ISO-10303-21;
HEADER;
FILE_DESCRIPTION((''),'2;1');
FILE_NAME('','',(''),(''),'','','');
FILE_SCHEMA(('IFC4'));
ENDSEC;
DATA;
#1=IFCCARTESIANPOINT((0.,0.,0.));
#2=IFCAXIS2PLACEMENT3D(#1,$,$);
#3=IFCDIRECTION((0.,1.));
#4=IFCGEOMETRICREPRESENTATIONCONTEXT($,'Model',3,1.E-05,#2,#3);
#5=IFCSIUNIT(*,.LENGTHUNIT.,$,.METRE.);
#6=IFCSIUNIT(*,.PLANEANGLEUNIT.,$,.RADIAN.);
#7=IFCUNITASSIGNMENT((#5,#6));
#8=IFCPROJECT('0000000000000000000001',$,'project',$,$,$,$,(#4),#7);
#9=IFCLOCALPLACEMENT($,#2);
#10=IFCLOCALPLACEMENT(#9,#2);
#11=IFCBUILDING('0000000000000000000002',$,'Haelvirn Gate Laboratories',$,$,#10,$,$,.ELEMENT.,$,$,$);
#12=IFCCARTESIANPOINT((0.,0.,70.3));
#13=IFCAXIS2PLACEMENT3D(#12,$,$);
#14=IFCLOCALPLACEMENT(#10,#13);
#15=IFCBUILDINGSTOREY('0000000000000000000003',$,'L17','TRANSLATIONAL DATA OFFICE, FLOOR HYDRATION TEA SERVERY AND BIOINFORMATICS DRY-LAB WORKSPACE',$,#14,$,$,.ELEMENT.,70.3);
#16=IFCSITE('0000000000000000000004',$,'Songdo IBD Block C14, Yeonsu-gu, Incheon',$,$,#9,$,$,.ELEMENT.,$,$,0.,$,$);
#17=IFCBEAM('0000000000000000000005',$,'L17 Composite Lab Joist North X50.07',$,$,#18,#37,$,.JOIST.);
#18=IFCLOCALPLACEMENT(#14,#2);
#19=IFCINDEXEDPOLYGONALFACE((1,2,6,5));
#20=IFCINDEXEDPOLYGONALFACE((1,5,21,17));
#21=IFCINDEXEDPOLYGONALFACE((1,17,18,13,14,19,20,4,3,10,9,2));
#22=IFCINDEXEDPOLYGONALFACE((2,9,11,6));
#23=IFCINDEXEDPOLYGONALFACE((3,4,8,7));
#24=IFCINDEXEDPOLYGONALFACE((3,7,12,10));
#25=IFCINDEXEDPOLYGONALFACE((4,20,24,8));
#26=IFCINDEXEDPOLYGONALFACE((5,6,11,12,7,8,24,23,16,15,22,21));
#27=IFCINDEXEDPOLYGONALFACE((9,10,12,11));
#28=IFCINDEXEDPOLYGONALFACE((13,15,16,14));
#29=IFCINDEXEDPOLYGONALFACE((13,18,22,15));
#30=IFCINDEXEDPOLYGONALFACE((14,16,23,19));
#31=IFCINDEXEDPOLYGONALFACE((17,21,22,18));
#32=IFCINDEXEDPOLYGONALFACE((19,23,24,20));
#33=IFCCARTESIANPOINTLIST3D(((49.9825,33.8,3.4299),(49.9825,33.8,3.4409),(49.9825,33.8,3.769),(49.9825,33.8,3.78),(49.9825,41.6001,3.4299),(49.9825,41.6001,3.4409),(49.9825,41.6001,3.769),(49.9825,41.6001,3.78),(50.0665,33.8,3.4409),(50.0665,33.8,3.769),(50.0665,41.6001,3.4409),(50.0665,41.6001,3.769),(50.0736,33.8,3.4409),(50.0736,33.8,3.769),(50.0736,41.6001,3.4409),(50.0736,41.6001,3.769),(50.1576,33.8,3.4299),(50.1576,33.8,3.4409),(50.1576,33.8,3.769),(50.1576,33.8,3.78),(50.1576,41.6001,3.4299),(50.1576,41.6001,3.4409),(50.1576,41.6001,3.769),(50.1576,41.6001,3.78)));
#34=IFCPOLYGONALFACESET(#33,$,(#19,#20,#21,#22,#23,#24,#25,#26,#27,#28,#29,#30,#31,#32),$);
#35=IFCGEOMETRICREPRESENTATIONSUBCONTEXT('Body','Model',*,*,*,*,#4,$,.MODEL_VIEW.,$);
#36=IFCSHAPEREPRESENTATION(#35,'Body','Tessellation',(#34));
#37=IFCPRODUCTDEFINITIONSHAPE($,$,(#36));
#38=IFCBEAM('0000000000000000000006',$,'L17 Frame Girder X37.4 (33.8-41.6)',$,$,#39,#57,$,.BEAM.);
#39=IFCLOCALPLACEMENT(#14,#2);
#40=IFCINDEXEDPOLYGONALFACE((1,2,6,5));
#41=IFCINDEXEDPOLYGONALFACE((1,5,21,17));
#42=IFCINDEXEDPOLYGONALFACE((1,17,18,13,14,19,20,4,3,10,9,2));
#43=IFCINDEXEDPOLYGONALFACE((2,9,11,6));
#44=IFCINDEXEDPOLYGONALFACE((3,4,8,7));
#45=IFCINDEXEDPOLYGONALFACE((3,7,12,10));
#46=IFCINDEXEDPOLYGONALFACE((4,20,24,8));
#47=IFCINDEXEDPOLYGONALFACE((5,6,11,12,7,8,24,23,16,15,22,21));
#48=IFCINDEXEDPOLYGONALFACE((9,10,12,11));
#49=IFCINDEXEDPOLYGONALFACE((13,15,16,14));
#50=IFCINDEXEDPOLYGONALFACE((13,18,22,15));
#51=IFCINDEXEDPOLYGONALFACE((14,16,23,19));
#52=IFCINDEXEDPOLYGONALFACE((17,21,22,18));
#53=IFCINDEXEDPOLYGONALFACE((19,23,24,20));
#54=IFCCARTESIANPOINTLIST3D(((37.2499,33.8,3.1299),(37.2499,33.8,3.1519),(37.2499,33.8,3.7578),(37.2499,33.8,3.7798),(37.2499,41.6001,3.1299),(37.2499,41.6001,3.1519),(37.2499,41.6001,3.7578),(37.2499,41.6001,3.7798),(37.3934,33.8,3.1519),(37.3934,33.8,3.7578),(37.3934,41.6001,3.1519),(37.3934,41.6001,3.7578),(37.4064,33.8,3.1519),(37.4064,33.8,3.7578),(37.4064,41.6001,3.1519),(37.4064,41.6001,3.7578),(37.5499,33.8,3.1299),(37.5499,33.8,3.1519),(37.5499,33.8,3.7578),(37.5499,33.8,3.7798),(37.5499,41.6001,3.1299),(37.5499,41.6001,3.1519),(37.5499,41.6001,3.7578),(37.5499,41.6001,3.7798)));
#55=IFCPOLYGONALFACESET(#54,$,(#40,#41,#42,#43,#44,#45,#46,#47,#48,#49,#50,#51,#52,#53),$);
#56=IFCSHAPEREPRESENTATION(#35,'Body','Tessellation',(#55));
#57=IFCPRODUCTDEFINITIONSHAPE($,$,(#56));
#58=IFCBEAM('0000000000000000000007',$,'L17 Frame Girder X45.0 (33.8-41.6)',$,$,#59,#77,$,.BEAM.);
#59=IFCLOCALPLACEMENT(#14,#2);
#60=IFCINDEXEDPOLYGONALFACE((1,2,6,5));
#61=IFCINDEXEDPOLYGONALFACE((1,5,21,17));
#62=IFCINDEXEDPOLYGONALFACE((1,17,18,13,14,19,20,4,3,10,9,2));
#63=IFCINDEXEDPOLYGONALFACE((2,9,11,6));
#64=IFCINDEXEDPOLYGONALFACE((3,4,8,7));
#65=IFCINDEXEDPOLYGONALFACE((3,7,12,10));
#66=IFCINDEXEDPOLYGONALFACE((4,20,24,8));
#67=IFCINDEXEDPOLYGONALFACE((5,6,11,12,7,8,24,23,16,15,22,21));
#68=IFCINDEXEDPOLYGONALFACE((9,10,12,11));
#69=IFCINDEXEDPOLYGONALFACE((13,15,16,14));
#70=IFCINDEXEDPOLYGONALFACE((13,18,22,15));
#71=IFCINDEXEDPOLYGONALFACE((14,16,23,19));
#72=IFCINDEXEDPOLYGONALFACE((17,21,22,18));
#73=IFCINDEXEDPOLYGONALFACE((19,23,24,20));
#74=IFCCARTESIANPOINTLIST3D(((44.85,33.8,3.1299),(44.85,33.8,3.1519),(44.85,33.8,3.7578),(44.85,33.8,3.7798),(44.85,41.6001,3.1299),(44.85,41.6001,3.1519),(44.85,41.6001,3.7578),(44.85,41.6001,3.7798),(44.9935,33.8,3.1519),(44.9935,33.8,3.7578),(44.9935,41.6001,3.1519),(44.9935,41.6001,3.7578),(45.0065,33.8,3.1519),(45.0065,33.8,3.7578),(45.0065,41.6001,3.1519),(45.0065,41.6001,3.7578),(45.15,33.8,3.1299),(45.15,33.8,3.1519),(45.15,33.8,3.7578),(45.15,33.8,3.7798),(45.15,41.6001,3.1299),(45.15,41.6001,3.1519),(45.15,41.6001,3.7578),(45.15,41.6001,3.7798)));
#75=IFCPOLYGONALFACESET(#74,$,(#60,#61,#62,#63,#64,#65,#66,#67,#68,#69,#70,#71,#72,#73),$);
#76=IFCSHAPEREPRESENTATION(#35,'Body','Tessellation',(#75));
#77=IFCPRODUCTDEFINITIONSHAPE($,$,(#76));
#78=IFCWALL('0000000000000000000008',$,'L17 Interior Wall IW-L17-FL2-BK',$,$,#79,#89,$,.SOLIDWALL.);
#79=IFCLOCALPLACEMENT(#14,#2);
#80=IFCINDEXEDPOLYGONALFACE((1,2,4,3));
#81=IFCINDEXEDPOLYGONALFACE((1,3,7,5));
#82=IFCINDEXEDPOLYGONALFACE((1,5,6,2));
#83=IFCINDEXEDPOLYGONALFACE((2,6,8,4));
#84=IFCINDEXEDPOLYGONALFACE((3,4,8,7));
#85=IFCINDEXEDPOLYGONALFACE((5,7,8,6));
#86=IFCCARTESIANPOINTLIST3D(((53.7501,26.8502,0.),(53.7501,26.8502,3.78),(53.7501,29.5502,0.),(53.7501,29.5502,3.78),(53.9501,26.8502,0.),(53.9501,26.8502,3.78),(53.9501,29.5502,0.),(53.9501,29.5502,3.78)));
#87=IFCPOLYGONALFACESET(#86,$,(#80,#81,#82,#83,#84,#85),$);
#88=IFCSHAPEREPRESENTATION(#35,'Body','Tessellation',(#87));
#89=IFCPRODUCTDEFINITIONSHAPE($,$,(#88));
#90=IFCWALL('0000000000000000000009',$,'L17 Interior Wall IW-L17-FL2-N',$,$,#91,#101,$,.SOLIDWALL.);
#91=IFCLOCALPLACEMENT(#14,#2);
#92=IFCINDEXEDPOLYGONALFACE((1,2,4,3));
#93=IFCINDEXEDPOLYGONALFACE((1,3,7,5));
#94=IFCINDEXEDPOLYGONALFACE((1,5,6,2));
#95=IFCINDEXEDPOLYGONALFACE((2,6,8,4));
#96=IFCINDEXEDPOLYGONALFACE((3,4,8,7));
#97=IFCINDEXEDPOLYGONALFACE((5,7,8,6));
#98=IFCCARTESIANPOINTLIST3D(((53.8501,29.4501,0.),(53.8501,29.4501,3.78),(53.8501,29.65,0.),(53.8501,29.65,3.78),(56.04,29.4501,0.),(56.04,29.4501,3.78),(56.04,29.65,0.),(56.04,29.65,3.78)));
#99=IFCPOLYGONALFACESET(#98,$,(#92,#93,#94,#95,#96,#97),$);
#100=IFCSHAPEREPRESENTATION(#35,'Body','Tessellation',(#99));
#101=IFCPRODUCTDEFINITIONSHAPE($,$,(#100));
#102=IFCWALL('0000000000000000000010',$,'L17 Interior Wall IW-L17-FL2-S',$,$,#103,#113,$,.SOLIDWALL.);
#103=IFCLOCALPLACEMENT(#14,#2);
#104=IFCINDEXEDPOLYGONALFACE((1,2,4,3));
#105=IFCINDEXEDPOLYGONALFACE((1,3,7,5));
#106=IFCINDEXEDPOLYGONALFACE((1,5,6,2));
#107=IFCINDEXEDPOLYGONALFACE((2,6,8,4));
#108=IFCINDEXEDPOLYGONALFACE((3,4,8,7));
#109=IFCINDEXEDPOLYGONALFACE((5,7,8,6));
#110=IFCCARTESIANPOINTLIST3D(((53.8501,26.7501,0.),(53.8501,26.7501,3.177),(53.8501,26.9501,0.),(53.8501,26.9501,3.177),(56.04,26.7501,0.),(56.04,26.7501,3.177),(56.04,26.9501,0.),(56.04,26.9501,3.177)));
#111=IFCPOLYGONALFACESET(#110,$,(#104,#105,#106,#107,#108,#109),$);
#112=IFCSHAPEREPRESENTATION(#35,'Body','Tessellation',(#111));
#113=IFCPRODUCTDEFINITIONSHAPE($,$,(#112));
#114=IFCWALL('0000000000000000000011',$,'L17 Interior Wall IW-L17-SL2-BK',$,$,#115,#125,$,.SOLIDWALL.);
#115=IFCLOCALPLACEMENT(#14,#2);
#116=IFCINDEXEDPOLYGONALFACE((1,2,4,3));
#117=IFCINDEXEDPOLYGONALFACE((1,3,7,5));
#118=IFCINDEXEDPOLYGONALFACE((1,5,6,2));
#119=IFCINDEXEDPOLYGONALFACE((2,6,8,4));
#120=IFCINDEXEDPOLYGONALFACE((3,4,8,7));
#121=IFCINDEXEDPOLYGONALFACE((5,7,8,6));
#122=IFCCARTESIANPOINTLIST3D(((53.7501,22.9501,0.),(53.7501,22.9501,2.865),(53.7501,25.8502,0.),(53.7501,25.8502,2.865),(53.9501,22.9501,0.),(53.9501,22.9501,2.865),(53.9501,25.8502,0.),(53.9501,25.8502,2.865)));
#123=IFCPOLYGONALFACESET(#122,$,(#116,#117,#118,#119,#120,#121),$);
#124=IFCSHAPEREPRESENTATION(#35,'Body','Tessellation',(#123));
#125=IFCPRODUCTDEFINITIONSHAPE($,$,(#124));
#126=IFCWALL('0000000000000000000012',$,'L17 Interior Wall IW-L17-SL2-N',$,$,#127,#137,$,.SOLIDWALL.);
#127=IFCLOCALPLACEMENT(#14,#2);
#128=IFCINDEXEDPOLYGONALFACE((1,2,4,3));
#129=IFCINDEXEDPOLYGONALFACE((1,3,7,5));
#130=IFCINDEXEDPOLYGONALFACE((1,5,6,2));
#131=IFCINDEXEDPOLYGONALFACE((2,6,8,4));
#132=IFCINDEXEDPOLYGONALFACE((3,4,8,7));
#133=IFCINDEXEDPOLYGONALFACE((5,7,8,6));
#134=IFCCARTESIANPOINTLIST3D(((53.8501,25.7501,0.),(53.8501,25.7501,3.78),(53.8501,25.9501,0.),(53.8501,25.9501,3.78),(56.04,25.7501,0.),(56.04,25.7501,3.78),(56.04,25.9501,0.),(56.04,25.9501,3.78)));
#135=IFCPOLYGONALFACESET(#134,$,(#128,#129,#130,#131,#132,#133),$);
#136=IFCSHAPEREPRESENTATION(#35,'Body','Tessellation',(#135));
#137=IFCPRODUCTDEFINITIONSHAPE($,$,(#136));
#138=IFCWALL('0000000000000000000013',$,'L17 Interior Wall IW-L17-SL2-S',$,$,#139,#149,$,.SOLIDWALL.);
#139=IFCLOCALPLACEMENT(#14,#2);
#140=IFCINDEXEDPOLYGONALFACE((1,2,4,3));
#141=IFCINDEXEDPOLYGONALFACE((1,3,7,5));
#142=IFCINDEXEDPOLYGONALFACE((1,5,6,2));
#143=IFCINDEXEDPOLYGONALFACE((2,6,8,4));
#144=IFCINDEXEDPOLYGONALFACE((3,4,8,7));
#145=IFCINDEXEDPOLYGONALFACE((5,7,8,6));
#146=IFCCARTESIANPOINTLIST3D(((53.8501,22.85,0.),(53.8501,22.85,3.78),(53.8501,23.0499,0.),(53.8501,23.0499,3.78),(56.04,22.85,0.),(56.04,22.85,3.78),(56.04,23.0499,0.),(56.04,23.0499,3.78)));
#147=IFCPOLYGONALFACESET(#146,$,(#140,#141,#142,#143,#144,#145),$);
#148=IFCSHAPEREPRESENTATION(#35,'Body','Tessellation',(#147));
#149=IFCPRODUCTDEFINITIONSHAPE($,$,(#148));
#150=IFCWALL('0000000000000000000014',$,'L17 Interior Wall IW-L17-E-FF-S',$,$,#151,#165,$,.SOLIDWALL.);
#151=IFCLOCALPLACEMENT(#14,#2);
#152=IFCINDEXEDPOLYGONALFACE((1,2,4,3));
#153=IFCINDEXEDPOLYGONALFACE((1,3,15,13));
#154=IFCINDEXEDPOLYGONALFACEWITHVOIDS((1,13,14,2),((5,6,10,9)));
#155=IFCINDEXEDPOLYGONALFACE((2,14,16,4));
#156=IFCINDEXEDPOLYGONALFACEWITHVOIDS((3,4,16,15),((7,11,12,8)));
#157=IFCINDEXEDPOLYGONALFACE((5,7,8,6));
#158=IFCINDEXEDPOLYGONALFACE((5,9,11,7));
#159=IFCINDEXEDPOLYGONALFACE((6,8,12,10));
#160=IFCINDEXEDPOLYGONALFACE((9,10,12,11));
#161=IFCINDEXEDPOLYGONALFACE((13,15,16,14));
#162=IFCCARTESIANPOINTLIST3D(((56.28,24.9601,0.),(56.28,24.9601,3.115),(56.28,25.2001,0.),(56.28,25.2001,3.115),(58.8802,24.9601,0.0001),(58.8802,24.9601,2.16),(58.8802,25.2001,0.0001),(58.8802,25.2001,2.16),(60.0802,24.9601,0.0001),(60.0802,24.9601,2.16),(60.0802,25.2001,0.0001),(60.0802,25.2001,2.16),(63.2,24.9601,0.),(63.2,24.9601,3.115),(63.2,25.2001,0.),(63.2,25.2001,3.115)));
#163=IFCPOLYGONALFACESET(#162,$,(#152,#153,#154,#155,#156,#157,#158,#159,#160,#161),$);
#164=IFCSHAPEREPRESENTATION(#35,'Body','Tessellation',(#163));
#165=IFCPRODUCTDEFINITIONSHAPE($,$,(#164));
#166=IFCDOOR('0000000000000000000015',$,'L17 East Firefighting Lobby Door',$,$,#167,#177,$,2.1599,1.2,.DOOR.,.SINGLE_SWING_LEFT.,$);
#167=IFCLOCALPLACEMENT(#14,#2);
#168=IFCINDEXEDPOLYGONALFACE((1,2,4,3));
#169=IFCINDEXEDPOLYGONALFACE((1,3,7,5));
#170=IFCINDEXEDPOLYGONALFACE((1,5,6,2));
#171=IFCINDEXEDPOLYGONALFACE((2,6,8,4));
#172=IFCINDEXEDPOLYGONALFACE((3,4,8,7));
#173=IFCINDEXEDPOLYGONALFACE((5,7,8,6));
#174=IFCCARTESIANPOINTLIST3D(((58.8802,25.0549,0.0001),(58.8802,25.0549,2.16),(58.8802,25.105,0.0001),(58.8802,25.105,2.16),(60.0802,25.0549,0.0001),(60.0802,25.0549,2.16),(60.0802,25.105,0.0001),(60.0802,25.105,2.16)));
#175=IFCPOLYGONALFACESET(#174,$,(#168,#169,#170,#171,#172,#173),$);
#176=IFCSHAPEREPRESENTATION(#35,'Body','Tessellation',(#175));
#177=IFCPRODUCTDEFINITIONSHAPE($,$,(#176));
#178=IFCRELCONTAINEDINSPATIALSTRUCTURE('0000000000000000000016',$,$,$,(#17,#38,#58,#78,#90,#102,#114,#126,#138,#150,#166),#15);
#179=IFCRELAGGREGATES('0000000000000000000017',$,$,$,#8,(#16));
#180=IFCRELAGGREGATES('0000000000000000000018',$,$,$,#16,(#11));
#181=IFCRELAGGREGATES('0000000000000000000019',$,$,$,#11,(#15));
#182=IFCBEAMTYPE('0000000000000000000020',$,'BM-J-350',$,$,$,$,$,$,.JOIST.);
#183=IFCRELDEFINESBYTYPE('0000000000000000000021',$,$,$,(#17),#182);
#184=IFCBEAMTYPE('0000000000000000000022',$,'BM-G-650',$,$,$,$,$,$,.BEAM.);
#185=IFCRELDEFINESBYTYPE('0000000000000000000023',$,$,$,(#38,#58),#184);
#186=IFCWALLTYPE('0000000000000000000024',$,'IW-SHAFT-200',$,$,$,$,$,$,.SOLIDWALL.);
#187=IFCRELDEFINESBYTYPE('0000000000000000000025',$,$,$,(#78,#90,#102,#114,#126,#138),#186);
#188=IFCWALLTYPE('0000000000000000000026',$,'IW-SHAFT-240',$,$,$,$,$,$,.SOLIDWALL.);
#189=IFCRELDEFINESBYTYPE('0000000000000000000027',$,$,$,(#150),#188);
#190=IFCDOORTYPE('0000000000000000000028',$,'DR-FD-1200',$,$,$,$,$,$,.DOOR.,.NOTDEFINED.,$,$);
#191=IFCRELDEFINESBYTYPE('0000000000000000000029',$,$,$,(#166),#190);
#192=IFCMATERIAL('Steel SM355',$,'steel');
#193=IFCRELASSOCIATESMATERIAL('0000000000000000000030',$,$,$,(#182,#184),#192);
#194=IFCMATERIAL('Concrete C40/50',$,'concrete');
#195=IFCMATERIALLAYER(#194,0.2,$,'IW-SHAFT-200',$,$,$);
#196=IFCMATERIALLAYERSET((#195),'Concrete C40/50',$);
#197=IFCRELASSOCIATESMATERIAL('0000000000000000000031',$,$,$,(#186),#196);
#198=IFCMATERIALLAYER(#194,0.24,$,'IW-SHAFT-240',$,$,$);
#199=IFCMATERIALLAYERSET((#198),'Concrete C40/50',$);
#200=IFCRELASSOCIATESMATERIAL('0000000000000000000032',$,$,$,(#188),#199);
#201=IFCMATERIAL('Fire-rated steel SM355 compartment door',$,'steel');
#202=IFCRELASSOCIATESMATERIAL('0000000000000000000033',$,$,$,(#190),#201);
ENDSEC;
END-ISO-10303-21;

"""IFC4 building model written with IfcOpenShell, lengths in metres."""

from ifc_helpers import new_model, si_unit, direction, frame, frame_2d, origin, origin_2d, place, context, subcontext, project, spatial, rectangle, i_section, extrude, source, transform, mapped, material, layer, layer_set, material_profile, profile_set, type_object, type_shapes, element, fill, save


model = new_model("IFC4")

# Units and contexts
model_context = context("Model", 3, precision=1e-05, world=origin(), true_north=direction((0.0, 1.0)))
body_context = subcontext(model_context, "Body", "Model", "MODEL_VIEW")
ifc_project = project(units=[si_unit("LENGTHUNIT", "METRE"), si_unit("PLANEANGLEUNIT", "RADIAN")], contexts=[model_context])

# Site, building, storey
site_placement = place(None, origin())
site = spatial("IfcSite", under=ifc_project, at=site_placement, Name="Songdo IBD Block C14, Yeonsu-gu, Incheon", CompositionType="ELEMENT", RefElevation=0.0)
building_placement = place(site_placement, origin())
building = spatial("IfcBuilding", under=site, at=building_placement, Name="Haelvirn Gate Laboratories", CompositionType="ELEMENT")
storey_placement = place(building_placement, frame((0.0, 0.0, 70.3)))
storey = spatial("IfcBuildingStorey", under=building, at=storey_placement, Name="L17", Description="TRANSLATIONAL DATA OFFICE, FLOOR HYDRATION TEA SERVERY AND BIOINFORMATICS DRY-LAB WORKSPACE", CompositionType="ELEMENT", Elevation=70.3)

# Beams
ifc_material_1 = material(Name="Steel SM355", Category="steel")
ifc_material_profile_1 = material_profile(ifc_material_1, i_section(OverallWidth=0.175, OverallDepth=0.3501, WebThickness=0.0071, FlangeThickness=0.011, at=origin_2d()), Name="H-350x175x7x11")
ifc_profile_set_1 = profile_set([ifc_material_profile_1], Name="Steel SM355")
beam_type_1 = type_object("IfcBeamType", Name="BM-J-350", PredefinedType="JOIST", material=ifc_profile_set_1)
shared_shape_1 = source(origin(), body_context, "Body", "SweptSolid", [
    extrude(i_section(OverallWidth=0.175, OverallDepth=0.3501, WebThickness=0.0071, FlangeThickness=0.011, at=origin_2d()), origin(), (0.0, 0.0, 1.0), 7.8),
])
type_shapes(beam_type_1, [shared_shape_1])
for number, where, z_axis, x_axis, name in (
    (1, (50.0701, 33.8, 3.605), (0.0, 1.0, 0.0), (-1.0, 0.0, 0.0), "L17 Composite Lab Joist North X50.07"),
):
    element("IfcBeam", number, at=place(storey_placement, frame(where, z_axis=z_axis, x_axis=x_axis)), inside=storey, type_object=beam_type_1, Name=name, PredefinedType="JOIST", context=body_context, shape_type="MappedRepresentation", body=[
        mapped(shared_shape_1, transform((0.0, 0.0, 0.0), scale=1.0)),
    ])
ifc_material_profile_2 = material_profile(ifc_material_1, i_section(OverallWidth=0.3, OverallDepth=0.6499, WebThickness=0.0129, FlangeThickness=0.022, at=origin_2d()), Name="H-650x300x13x22")
ifc_profile_set_2 = profile_set([ifc_material_profile_2], Name="Steel SM355")
beam_type_2 = type_object("IfcBeamType", Name="BM-G-650", PredefinedType="BEAM", material=ifc_profile_set_2)
shared_shape_2 = source(origin(), body_context, "Body", "SweptSolid", [
    extrude(i_section(OverallWidth=0.3, OverallDepth=0.6499, WebThickness=0.0129, FlangeThickness=0.022, at=origin_2d()), origin(), (0.0, 0.0, 1.0), 7.8),
])
type_shapes(beam_type_2, [shared_shape_2])
for number, where, z_axis, x_axis, name in (
    (2, (37.3999, 33.8, 3.4548), (0.0, 1.0, 0.0), (-1.0, 0.0, 0.0), "L17 Frame Girder X37.4 (33.8-41.6)"),
    (3, (45.0, 33.8, 3.4548), (0.0, 1.0, 0.0), (-1.0, 0.0, 0.0), "L17 Frame Girder X45.0 (33.8-41.6)"),
):
    element("IfcBeam", number, at=place(storey_placement, frame(where, z_axis=z_axis, x_axis=x_axis)), inside=storey, type_object=beam_type_2, Name=name, PredefinedType="BEAM", context=body_context, shape_type="MappedRepresentation", body=[
        mapped(shared_shape_2, transform((0.0, 0.0, 0.0), scale=1.0)),
    ])

# Walls
ifc_material_2 = material(Name="Concrete C40/50", Category="concrete")
ifc_layer_1 = layer(ifc_material_2, 0.2, Name="IW-SHAFT-200")
ifc_layer_set_1 = layer_set([ifc_layer_1], Name="Concrete C40/50")
wall_type_1 = type_object("IfcWallType", Name="IW-SHAFT-200", PredefinedType="SOLIDWALL", material=ifc_layer_set_1)
wall_1_placement = place(storey_placement, frame((53.8501, 26.8501, 0.0), z_axis=(0.0, 0.0, 1.0), x_axis=(0.0, 1.0, 0.0)))
element("IfcWall", 4, at=wall_1_placement, inside=storey, type_object=wall_type_1, Name="L17 Interior Wall IW-L17-FL2-BK", PredefinedType="SOLIDWALL", context=body_context, shape_type="SweptSolid", body=[
    extrude(rectangle(XDim=2.7, YDim=0.2, at=frame_2d((1.3501, 0.0))), origin(), (0.0, 0.0, 1.0), 3.78),
])
wall_2_placement = place(storey_placement, frame((53.8501, 29.55, 0.0), z_axis=(0.0, 0.0, 1.0), x_axis=(1.0, 0.0, 0.0)))
element("IfcWall", 5, at=wall_2_placement, inside=storey, type_object=wall_type_1, Name="L17 Interior Wall IW-L17-FL2-N", PredefinedType="SOLIDWALL", context=body_context, shape_type="SweptSolid", body=[
    extrude(rectangle(XDim=2.1899, YDim=0.2, at=frame_2d((1.095, 0.0))), origin(), (0.0, 0.0, 1.0), 3.78),
])
wall_3_placement = place(storey_placement, frame((53.8501, 26.8501, 0.0), z_axis=(0.0, 0.0, 1.0), x_axis=(1.0, 0.0, 0.0)))
element("IfcWall", 6, at=wall_3_placement, inside=storey, type_object=wall_type_1, Name="L17 Interior Wall IW-L17-FL2-S", PredefinedType="SOLIDWALL", context=body_context, shape_type="SweptSolid", body=[
    extrude(rectangle(XDim=2.1899, YDim=0.2, at=frame_2d((1.095, 0.0))), origin(), (0.0, 0.0, 1.0), 3.177),
])
wall_4_placement = place(storey_placement, frame((53.8501, 22.95, 0.0), z_axis=(0.0, 0.0, 1.0), x_axis=(0.0, 1.0, 0.0)))
element("IfcWall", 7, at=wall_4_placement, inside=storey, type_object=wall_type_1, Name="L17 Interior Wall IW-L17-SL2-BK", PredefinedType="SOLIDWALL", context=body_context, shape_type="SweptSolid", body=[
    extrude(rectangle(XDim=2.9001, YDim=0.2, at=frame_2d((1.4502, 0.0))), origin(), (0.0, 0.0, 1.0), 2.865),
])
for number, where, z_axis, x_axis, name in (
    (8, (53.8501, 25.8501, 0.0), (0.0, 0.0, 1.0), (1.0, 0.0, 0.0), "L17 Interior Wall IW-L17-SL2-N"),
    (9, (53.8501, 22.95, 0.0), (0.0, 0.0, 1.0), (1.0, 0.0, 0.0), "L17 Interior Wall IW-L17-SL2-S"),
):
    element("IfcWall", number, at=place(storey_placement, frame(where, z_axis=z_axis, x_axis=x_axis)), inside=storey, type_object=wall_type_1, Name=name, PredefinedType="SOLIDWALL", context=body_context, shape_type="SweptSolid", body=[
        extrude(rectangle(XDim=2.1899, YDim=0.2, at=frame_2d((1.095, 0.0))), origin(), (0.0, 0.0, 1.0), 3.78),
    ])

# Wall, opening, door
ifc_layer_2 = layer(ifc_material_2, 0.24, Name="IW-SHAFT-240")
ifc_layer_set_2 = layer_set([ifc_layer_2], Name="Concrete C40/50")
wall_type_2 = type_object("IfcWallType", Name="IW-SHAFT-240", PredefinedType="SOLIDWALL", material=ifc_layer_set_2)
wall_5_placement = place(storey_placement, frame((56.28, 25.0801, 0.0), z_axis=(0.0, 0.0, 1.0), x_axis=(1.0, 0.0, 0.0)))
wall_5 = element("IfcWall", 10, at=wall_5_placement, inside=storey, type_object=wall_type_2, Name="L17 Interior Wall IW-L17-E-FF-S", PredefinedType="SOLIDWALL", context=body_context, shape_type="SweptSolid", body=[
    extrude(rectangle(XDim=6.9199, YDim=0.24, at=frame_2d((3.46, 0.0))), origin(), (0.0, 0.0, 1.0), 3.115),
])
opening_1_placement = place(wall_5_placement, frame((2.6001, 0.0, 0.0)))
opening_1 = element("IfcOpeningElement", 11, at=opening_1_placement, cuts=wall_5, PredefinedType="OPENING", context=body_context, shape_type="SweptSolid", body=[
    extrude(rectangle(XDim=1.2, YDim=2.1599, at=frame_2d((0.6001, 1.0801))), frame((0.0, 0.1299, 0.0), z_axis=(0.0, -1.0, 0.0), x_axis=(1.0, 0.0, 0.0)), (0.0, 0.0, 1.0), 0.26),
])
ifc_material_3 = material(Name="Fire-rated steel SM355 compartment door", Category="steel")
door_type_1 = type_object("IfcDoorType", Name="DR-FD-1200", OperationType="NOTDEFINED", PredefinedType="DOOR", material=ifc_material_3)
shared_shape_3 = source(origin(), body_context, "Body", "SweptSolid", [
    extrude(rectangle(XDim=1.2, YDim=2.1599, at=frame_2d((0.6001, 1.0801))), frame((0.0, 0.0249, 0.0), z_axis=(0.0, -1.0, 0.0), x_axis=(1.0, 0.0, 0.0)), (0.0, 0.0, 1.0), 0.05),
])
type_shapes(door_type_1, [shared_shape_3])
door_1_placement = place(opening_1_placement, origin())
door_1 = element("IfcDoor", 12, at=door_1_placement, inside=storey, type_object=door_type_1, Name="L17 East Firefighting Lobby Door", OperationType="SINGLE_SWING_LEFT", OverallHeight=2.1599, OverallWidth=1.2, PredefinedType="DOOR", context=body_context, shape_type="MappedRepresentation", body=[
    mapped(shared_shape_3, transform((0.0, 0.0, 0.0), scale=1.0)),
])
fill(opening_1, door_1)

save(model, "model.ifc")
